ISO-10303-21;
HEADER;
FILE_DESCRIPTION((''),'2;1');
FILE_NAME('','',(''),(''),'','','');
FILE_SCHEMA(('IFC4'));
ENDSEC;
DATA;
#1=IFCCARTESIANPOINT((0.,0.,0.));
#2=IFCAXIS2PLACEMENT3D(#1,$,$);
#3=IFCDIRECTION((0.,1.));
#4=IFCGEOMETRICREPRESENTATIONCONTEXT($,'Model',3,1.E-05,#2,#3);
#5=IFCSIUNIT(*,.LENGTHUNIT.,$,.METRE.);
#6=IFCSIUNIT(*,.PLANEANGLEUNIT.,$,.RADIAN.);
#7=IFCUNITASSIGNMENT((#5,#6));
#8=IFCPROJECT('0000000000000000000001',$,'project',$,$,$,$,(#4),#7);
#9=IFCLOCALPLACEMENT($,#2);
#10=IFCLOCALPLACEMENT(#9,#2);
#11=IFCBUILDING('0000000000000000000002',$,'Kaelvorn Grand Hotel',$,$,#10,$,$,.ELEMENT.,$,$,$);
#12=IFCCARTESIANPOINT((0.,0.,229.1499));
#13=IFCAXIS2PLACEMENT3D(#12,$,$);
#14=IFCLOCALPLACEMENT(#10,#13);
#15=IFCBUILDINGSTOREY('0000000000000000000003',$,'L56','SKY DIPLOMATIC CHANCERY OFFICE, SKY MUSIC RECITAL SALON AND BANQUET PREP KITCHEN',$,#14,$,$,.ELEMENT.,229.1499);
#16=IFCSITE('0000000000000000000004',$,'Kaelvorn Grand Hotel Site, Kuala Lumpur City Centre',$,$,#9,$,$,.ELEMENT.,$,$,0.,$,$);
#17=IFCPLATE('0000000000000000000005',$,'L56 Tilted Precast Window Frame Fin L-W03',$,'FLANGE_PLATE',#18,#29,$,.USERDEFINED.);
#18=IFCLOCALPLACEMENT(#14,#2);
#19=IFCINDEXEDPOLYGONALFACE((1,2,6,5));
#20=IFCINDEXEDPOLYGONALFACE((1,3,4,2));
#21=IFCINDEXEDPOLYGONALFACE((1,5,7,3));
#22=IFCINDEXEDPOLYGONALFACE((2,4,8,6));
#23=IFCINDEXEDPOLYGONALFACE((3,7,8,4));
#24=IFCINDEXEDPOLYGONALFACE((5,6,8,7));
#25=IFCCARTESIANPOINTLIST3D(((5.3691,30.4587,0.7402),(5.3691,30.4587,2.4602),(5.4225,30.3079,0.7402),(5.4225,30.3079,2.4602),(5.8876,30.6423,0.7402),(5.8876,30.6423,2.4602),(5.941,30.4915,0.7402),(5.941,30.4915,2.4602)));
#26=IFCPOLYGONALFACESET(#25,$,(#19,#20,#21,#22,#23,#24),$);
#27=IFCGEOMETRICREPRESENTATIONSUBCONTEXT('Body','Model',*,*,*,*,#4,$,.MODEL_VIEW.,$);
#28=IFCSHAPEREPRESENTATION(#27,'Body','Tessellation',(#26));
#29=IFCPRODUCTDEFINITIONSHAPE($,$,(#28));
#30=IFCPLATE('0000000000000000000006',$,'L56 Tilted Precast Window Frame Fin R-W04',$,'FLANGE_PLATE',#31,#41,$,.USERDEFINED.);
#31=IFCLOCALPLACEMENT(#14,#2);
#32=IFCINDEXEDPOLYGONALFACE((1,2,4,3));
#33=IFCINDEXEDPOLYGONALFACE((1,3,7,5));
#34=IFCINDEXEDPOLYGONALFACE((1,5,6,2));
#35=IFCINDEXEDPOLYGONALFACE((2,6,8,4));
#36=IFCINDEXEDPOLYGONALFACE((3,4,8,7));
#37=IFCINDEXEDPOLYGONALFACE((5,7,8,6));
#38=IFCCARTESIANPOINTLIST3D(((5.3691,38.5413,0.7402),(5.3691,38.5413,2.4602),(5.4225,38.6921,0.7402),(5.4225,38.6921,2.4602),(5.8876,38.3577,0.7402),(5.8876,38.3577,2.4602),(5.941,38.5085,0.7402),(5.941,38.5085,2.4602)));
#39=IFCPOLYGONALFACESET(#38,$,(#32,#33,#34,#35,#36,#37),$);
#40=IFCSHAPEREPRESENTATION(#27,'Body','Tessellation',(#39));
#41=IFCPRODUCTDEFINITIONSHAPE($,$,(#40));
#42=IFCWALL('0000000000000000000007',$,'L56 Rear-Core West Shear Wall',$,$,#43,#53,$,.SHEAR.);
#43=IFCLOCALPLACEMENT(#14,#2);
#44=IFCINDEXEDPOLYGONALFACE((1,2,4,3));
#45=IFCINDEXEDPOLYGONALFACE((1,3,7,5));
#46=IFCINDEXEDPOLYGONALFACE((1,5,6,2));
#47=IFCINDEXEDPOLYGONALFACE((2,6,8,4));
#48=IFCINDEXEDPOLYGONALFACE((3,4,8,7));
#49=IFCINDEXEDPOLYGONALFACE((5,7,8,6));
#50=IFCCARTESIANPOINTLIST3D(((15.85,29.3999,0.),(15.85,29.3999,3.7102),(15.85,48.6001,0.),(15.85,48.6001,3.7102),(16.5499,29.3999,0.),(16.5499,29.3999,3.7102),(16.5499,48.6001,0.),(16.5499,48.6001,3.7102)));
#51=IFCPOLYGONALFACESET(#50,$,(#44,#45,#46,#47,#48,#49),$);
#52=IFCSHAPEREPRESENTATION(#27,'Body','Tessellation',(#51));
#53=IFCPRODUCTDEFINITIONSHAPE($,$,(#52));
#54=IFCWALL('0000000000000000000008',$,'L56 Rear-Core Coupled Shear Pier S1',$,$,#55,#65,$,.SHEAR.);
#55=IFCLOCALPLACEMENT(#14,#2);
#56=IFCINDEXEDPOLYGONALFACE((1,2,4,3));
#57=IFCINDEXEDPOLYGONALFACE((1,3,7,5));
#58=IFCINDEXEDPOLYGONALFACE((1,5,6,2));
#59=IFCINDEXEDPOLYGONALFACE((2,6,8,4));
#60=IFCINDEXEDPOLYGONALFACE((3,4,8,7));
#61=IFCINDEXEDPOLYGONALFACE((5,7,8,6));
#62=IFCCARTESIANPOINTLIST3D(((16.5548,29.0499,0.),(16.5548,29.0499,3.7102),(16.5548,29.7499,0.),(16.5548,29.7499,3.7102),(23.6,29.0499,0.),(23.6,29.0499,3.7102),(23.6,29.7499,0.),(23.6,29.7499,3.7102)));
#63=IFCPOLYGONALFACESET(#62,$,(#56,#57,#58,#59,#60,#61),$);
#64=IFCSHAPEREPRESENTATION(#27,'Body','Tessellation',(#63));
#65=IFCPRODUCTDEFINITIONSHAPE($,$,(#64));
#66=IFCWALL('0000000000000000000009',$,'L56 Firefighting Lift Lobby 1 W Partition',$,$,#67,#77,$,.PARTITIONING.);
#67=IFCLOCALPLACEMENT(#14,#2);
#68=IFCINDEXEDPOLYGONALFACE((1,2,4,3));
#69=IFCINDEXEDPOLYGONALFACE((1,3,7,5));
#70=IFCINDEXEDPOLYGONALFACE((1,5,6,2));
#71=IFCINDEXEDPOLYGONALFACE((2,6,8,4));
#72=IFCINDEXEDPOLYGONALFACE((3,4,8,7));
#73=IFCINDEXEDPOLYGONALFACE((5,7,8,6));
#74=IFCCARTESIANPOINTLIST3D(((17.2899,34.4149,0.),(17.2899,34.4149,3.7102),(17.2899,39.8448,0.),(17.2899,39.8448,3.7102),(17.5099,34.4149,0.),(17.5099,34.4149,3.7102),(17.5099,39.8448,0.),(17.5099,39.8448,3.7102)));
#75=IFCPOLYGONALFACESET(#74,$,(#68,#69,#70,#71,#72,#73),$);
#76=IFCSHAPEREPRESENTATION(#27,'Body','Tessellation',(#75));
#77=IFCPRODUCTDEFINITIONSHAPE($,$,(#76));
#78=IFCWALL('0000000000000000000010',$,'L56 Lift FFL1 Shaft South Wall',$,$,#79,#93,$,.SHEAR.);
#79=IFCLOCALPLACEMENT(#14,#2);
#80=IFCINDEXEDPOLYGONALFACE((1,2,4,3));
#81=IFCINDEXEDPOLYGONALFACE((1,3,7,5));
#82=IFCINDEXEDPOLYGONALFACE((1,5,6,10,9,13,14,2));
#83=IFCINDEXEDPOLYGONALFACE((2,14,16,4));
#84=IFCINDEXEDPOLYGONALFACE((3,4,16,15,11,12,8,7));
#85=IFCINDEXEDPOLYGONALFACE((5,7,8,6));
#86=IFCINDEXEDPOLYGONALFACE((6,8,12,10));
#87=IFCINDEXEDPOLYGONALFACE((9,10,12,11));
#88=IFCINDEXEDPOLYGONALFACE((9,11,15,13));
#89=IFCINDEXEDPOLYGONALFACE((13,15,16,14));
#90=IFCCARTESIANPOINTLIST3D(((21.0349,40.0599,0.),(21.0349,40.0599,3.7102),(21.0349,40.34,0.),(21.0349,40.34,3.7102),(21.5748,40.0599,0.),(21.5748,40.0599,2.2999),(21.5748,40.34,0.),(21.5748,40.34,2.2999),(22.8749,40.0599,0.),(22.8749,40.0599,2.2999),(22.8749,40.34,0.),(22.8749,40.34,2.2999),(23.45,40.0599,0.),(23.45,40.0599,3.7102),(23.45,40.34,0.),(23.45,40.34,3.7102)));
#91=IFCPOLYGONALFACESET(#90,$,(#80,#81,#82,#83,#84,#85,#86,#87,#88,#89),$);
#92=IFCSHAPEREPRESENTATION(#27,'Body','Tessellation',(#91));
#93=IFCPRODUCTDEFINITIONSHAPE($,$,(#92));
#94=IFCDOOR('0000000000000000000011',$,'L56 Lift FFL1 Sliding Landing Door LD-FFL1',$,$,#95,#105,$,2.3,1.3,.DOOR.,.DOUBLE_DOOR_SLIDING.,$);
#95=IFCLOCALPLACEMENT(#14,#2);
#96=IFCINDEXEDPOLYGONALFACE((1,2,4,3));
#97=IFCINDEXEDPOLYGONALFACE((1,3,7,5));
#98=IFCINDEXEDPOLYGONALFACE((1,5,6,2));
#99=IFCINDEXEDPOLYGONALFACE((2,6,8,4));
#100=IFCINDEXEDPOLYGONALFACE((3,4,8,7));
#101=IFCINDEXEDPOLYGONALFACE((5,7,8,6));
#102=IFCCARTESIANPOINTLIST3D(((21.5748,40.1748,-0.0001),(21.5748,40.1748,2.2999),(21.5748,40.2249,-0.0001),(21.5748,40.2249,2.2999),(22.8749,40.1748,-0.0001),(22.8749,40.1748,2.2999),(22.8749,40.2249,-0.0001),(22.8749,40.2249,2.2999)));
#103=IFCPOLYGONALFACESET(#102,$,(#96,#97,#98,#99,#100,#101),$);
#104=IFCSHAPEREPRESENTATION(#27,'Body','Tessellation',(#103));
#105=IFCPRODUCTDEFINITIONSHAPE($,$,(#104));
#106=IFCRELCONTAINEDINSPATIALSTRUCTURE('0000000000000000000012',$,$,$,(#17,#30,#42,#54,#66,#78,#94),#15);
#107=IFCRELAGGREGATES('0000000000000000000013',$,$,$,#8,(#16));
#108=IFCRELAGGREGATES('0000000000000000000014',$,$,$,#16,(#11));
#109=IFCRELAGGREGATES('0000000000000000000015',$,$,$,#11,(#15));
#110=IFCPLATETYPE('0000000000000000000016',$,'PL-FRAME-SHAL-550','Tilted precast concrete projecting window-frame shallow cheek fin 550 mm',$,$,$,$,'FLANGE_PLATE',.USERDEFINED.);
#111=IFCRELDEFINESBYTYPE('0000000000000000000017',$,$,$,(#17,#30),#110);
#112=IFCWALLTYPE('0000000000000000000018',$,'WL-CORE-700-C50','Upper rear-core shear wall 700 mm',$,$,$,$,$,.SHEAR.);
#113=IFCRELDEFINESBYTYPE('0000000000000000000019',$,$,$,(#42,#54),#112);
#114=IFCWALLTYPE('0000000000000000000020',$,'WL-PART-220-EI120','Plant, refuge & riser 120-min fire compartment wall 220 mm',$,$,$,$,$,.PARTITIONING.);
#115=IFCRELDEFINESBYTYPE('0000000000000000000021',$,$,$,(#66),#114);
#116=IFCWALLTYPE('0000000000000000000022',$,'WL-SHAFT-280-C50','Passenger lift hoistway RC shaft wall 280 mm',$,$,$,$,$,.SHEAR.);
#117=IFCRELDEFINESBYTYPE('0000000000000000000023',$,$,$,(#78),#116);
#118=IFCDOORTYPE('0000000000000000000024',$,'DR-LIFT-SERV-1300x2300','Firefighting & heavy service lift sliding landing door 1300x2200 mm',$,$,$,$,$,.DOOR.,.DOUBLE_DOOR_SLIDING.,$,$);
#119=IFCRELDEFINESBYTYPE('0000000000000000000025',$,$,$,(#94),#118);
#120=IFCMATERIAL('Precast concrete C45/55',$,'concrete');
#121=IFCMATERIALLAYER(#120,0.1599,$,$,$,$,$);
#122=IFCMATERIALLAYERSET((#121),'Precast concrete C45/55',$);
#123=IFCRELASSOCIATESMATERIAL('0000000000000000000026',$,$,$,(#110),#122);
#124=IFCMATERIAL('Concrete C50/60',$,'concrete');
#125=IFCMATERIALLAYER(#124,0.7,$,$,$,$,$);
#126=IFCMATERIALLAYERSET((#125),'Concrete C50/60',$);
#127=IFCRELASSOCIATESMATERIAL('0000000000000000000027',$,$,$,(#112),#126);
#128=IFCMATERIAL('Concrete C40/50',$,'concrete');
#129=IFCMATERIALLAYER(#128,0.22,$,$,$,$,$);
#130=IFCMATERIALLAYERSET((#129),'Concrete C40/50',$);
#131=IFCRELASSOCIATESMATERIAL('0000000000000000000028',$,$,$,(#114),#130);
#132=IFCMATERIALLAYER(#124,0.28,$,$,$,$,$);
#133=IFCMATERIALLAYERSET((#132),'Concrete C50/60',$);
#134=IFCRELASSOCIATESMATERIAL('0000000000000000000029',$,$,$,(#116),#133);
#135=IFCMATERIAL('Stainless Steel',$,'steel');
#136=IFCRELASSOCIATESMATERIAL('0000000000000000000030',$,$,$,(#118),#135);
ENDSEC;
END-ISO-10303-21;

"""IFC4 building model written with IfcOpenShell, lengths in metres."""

from ifc_helpers import new_model, si_unit, direction, frame, frame_2d, origin, origin_2d, place, context, subcontext, project, spatial, rectangle, extrude, material, layer, layer_set, type_object, element, fill, save


model = new_model("IFC4")

# Units and contexts
model_context = context("Model", 3, precision=1e-05, world=origin(), true_north=direction((0.0, 1.0)))
body_context = subcontext(model_context, "Body", "Model", "MODEL_VIEW")
ifc_project = project(units=[si_unit("LENGTHUNIT", "METRE"), si_unit("PLANEANGLEUNIT", "RADIAN")], contexts=[model_context])

# Site, building, storey
site_placement = place(None, origin())
site = spatial("IfcSite", under=ifc_project, at=site_placement, Name="Kaelvorn Grand Hotel Site, Kuala Lumpur City Centre", CompositionType="ELEMENT", RefElevation=0.0)
building_placement = place(site_placement, origin())
building = spatial("IfcBuilding", under=site, at=building_placement, Name="Kaelvorn Grand Hotel", CompositionType="ELEMENT")
storey_placement = place(building_placement, frame((0.0, 0.0, 229.1499)))
storey = spatial("IfcBuildingStorey", under=building, at=storey_placement, Name="L56", Description="SKY DIPLOMATIC CHANCERY OFFICE, SKY MUSIC RECITAL SALON AND BANQUET PREP KITCHEN", CompositionType="ELEMENT", Elevation=229.1499)

# Shared definitions
ifc_material_1 = material(Name="Concrete C50/60", Category="concrete")

# Plates
ifc_material_2 = material(Name="Precast concrete C45/55", Category="concrete")
ifc_layer_1 = layer(ifc_material_2, 0.1599)
ifc_layer_set_1 = layer_set([ifc_layer_1], Name="Precast concrete C45/55")
plate_type_1 = type_object("IfcPlateType", Name="PL-FRAME-SHAL-550", Description="Tilted precast concrete projecting window-frame shallow cheek fin 550 mm", ElementType="FLANGE_PLATE", PredefinedType="USERDEFINED", material=ifc_layer_set_1)
for number, where, z_axis, x_axis, name in (
    (1, (5.655, 30.4751, 0.7402), (0.0, 0.0, 1.0), (-0.333807, 0.942641, 0.0), "L56 Tilted Precast Window Frame Fin L-W03"),
    (2, (5.655, 38.5249, 0.7402), (0.0, 0.0, 1.0), (0.333807, 0.942641, 0.0), "L56 Tilted Precast Window Frame Fin R-W04"),
):
    element("IfcPlate", number, at=place(storey_placement, frame(where, z_axis=z_axis, x_axis=x_axis)), inside=storey, type_object=plate_type_1, Name=name, ObjectType="FLANGE_PLATE", PredefinedType="USERDEFINED", context=body_context, shape_type="SweptSolid", body=[
        extrude(rectangle(XDim=0.1599, YDim=0.55, at=origin_2d()), origin(), (0.0, 0.0, 1.0), 1.72),
    ])

# Walls
ifc_layer_2 = layer(ifc_material_1, 0.7)
ifc_layer_set_2 = layer_set([ifc_layer_2], Name="Concrete C50/60")
wall_type_1 = type_object("IfcWallType", Name="WL-CORE-700-C50", Description="Upper rear-core shear wall 700 mm", PredefinedType="SHEAR", material=ifc_layer_set_2)
wall_1_placement = place(storey_placement, frame((16.2, 29.3999, 0.0), z_axis=(0.0, 0.0, 1.0), x_axis=(0.0, 1.0, 0.0)))
element("IfcWall", 3, at=wall_1_placement, inside=storey, type_object=wall_type_1, Name="L56 Rear-Core West Shear Wall", PredefinedType="SHEAR", context=body_context, shape_type="SweptSolid", body=[
    extrude(rectangle(XDim=19.2002, YDim=0.7, at=frame_2d((9.6001, 0.0))), origin(), (0.0, 0.0, 1.0), 3.7102),
])
wall_2_placement = place(storey_placement, frame((16.5549, 29.3999, 0.0), z_axis=(0.0, 0.0, 1.0), x_axis=(1.0, 0.0, 0.0)))
element("IfcWall", 4, at=wall_2_placement, inside=storey, type_object=wall_type_1, Name="L56 Rear-Core Coupled Shear Pier S1", PredefinedType="SHEAR", context=body_context, shape_type="SweptSolid", body=[
    extrude(rectangle(XDim=7.0452, YDim=0.7, at=frame_2d((3.5225, 0.0))), origin(), (0.0, 0.0, 1.0), 3.7102),
])

# Shared definitions
ifc_material_3 = material(Name="Concrete C40/50", Category="concrete")
ifc_layer_3 = layer(ifc_material_3, 0.22)
ifc_layer_set_3 = layer_set([ifc_layer_3], Name="Concrete C40/50")
wall_type_2 = type_object("IfcWallType", Name="WL-PART-220-EI120", Description="Plant, refuge & riser 120-min fire compartment wall 220 mm", PredefinedType="PARTITIONING", material=ifc_layer_set_3)

# Wall
wall_3_placement = place(storey_placement, frame((17.3999, 34.415, 0.0), z_axis=(0.0, 0.0, 1.0), x_axis=(0.0, 1.0, 0.0)))
element("IfcWall", 5, at=wall_3_placement, inside=storey, type_object=wall_type_2, Name="L56 Firefighting Lift Lobby 1 W Partition", PredefinedType="PARTITIONING", context=body_context, shape_type="SweptSolid", body=[
    extrude(rectangle(XDim=5.4299, YDim=0.22, at=frame_2d((2.7148, 0.0))), origin(), (0.0, 0.0, 1.0), 3.7102),
])

# Wall, opening, door
ifc_layer_4 = layer(ifc_material_1, 0.28)
ifc_layer_set_4 = layer_set([ifc_layer_4], Name="Concrete C50/60")
wall_type_3 = type_object("IfcWallType", Name="WL-SHAFT-280-C50", Description="Passenger lift hoistway RC shaft wall 280 mm", PredefinedType="SHEAR", material=ifc_layer_set_4)
wall_4_placement = place(storey_placement, frame((21.0349, 40.2, 0.0), z_axis=(0.0, 0.0, 1.0), x_axis=(1.0, 0.0, 0.0)))
wall_4 = element("IfcWall", 6, at=wall_4_placement, inside=storey, type_object=wall_type_3, Name="L56 Lift FFL1 Shaft South Wall", PredefinedType="SHEAR", context=body_context, shape_type="SweptSolid", body=[
    extrude(rectangle(XDim=2.415, YDim=0.28, at=frame_2d((1.2075, 0.0))), origin(), (0.0, 0.0, 1.0), 3.7102),
])
opening_1_placement = place(wall_4_placement, frame((0.54, 0.0, 0.0)))
opening_1 = element("IfcOpeningElement", 7, at=opening_1_placement, cuts=wall_4, PredefinedType="OPENING", context=body_context, shape_type="SweptSolid", body=[
    extrude(rectangle(XDim=1.3, YDim=2.3, at=frame_2d((0.6499, 1.1499))), frame((0.0, 0.1499, 0.0), z_axis=(0.0, -1.0, 0.0), x_axis=(1.0, 0.0, 0.0)), (0.0, 0.0, 1.0), 0.3),
])
ifc_material_4 = material(Name="Stainless Steel", Category="steel")
door_type_1 = type_object("IfcDoorType", Name="DR-LIFT-SERV-1300x2300", Description="Firefighting & heavy service lift sliding landing door 1300x2200 mm", OperationType="DOUBLE_DOOR_SLIDING", PredefinedType="DOOR", material=ifc_material_4)
door_1_placement = place(opening_1_placement, origin())
door_1 = element("IfcDoor", 8, at=door_1_placement, inside=storey, type_object=door_type_1, Name="L56 Lift FFL1 Sliding Landing Door LD-FFL1", OperationType="DOUBLE_DOOR_SLIDING", OverallHeight=2.3, OverallWidth=1.3, PredefinedType="DOOR", context=body_context, shape_type="SweptSolid", body=[
    extrude(rectangle(XDim=1.3, YDim=2.3, at=frame_2d((0.6499, 1.1499))), frame((0.0, 0.0249, 0.0), z_axis=(0.0, -1.0, 0.0), x_axis=(1.0, 0.0, 0.0)), (0.0, 0.0, 1.0), 0.05),
])
fill(opening_1, door_1)

save(model, "model.ifc")
